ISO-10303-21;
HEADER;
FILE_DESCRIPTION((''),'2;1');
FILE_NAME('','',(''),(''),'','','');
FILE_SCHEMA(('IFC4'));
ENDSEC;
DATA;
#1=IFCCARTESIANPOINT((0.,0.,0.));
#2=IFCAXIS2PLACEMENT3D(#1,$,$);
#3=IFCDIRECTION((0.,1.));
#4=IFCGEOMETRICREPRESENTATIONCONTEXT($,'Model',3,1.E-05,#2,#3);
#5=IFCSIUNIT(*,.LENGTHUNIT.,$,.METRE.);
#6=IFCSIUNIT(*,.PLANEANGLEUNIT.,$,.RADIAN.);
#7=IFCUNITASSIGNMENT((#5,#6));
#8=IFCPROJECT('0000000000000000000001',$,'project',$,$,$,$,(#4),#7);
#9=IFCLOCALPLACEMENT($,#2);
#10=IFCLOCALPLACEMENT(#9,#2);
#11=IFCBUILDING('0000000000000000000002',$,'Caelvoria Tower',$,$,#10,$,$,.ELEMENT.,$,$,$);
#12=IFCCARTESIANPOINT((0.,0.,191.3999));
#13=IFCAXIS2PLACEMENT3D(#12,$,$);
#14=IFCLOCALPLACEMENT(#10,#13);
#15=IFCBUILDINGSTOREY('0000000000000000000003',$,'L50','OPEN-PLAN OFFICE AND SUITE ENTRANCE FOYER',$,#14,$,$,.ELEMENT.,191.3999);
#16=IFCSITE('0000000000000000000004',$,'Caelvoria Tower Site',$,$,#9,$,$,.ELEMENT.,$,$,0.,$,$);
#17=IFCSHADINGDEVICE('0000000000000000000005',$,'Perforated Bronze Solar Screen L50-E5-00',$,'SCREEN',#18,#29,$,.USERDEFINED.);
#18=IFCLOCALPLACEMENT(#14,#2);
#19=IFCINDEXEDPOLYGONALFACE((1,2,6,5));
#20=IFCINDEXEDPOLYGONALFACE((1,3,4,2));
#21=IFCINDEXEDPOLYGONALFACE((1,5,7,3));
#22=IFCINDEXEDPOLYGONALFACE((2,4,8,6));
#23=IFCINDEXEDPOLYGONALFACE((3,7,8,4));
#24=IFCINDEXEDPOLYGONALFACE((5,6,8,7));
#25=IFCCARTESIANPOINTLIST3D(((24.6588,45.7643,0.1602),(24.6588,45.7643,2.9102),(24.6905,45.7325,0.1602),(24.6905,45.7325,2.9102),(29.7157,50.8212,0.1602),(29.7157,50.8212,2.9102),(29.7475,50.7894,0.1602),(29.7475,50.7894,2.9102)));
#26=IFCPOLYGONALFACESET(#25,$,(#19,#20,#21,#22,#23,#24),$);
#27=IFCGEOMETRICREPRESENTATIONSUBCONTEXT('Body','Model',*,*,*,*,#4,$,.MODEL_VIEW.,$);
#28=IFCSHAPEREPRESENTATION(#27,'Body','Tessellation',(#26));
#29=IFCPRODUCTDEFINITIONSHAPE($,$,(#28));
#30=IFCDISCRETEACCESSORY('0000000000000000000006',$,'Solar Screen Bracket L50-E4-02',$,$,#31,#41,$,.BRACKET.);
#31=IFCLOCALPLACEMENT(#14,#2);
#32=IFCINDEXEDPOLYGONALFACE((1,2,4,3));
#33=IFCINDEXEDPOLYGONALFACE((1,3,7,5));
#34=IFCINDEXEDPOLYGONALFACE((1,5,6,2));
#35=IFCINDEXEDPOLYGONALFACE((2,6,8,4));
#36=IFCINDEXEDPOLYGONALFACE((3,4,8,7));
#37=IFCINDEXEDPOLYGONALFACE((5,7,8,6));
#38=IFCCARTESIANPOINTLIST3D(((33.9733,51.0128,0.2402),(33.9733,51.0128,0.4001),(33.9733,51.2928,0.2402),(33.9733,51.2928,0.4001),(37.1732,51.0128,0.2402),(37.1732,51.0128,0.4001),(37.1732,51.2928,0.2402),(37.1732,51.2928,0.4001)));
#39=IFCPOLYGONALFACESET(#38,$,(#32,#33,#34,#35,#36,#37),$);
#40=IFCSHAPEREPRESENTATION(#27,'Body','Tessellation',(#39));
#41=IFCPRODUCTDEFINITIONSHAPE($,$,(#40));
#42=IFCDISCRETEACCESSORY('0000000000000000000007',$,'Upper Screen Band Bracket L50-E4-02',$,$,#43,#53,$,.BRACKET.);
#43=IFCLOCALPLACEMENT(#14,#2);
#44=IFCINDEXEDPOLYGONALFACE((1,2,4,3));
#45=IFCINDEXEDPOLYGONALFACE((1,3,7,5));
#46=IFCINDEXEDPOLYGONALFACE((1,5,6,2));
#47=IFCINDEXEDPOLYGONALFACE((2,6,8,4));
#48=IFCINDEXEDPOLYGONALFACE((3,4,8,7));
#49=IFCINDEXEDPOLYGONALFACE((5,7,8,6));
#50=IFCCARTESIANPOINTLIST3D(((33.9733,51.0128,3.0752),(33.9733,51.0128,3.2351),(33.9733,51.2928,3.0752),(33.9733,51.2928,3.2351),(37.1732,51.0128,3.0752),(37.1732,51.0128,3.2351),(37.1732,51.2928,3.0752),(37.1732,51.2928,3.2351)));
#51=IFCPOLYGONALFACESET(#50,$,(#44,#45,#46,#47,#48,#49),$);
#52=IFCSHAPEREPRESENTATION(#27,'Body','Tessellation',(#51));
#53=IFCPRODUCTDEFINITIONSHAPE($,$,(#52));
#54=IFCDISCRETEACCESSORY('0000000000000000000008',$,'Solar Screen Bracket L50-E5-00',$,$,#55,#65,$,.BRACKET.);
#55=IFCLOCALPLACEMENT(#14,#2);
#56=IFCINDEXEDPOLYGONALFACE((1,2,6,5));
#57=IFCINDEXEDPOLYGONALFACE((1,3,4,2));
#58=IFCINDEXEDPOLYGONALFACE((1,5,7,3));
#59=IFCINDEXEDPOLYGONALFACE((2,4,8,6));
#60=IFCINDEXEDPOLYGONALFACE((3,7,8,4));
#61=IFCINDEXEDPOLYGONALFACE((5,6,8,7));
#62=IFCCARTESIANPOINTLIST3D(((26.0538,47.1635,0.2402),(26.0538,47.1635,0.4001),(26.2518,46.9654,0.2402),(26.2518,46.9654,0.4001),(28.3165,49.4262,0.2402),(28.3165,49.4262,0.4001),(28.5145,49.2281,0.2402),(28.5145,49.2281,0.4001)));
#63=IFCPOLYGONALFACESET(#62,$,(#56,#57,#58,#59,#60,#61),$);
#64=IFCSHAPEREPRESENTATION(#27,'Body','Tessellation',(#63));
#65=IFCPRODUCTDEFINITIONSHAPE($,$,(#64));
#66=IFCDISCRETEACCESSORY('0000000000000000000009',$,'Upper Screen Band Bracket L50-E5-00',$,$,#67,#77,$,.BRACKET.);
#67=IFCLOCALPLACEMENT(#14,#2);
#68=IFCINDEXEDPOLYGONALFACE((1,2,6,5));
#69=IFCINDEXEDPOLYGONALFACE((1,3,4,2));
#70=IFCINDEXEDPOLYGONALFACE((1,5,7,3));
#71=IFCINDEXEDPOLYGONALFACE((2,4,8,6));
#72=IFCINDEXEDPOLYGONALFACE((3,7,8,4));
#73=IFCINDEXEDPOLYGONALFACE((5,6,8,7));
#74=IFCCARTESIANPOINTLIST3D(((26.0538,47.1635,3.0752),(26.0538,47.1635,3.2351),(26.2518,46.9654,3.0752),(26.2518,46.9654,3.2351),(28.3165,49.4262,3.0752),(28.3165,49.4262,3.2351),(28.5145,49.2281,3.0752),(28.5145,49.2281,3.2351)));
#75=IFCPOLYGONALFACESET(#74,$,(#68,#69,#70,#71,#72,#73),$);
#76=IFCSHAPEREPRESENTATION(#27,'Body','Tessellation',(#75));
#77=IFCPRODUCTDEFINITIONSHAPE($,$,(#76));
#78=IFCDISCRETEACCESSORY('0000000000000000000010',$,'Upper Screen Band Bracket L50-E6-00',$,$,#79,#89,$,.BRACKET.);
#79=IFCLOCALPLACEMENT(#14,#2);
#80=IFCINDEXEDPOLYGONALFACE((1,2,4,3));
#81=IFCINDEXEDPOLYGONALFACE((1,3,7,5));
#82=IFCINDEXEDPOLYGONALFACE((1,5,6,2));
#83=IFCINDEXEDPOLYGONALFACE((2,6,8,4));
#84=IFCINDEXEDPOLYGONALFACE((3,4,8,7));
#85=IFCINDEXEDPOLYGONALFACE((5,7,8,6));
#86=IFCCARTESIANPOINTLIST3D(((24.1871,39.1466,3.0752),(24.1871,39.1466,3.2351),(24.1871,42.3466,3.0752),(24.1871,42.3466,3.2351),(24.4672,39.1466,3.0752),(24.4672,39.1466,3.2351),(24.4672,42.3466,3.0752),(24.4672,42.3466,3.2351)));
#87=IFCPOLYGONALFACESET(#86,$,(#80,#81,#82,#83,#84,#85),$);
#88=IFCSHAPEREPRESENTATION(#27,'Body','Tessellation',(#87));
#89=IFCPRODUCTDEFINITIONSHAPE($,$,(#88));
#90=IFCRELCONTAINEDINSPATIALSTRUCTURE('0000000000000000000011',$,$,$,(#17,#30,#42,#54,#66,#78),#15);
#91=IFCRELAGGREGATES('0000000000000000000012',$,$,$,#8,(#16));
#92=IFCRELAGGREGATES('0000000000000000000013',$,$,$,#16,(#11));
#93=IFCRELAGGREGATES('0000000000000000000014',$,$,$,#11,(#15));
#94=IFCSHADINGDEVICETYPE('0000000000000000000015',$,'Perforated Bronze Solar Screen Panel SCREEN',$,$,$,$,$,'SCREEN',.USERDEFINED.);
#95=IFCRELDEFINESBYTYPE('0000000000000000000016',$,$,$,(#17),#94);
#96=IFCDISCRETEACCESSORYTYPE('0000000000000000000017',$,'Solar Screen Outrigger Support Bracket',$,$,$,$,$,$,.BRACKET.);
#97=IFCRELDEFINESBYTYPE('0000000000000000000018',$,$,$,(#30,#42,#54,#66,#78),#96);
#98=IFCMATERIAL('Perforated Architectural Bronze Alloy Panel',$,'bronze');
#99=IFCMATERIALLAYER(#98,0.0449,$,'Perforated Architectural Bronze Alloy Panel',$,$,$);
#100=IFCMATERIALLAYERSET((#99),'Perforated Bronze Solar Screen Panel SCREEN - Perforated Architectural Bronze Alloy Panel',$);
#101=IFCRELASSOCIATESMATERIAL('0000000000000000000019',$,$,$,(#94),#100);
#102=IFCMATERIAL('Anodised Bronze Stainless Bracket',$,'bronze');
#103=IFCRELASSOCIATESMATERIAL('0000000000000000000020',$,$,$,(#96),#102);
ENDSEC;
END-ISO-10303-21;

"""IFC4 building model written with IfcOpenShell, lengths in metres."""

from ifc_helpers import new_model, si_unit, direction, frame, origin, origin_2d, place, context, subcontext, project, spatial, rectangle, extrude, material, layer, layer_set, type_object, element, save


model = new_model("IFC4")

# Units and contexts
model_context = context("Model", 3, precision=1e-05, world=origin(), true_north=direction((0.0, 1.0)))
body_context = subcontext(model_context, "Body", "Model", "MODEL_VIEW")
ifc_project = project(units=[si_unit("LENGTHUNIT", "METRE"), si_unit("PLANEANGLEUNIT", "RADIAN")], contexts=[model_context])

# Site, building, storey
site_placement = place(None, origin())
site = spatial("IfcSite", under=ifc_project, at=site_placement, Name="Caelvoria Tower Site", CompositionType="ELEMENT", RefElevation=0.0)
building_placement = place(site_placement, origin())
building = spatial("IfcBuilding", under=site, at=building_placement, Name="Caelvoria Tower", CompositionType="ELEMENT")
storey_placement = place(building_placement, frame((0.0, 0.0, 191.3999)))
storey = spatial("IfcBuildingStorey", under=building, at=storey_placement, Name="L50", Description="OPEN-PLAN OFFICE AND SUITE ENTRANCE FOYER", CompositionType="ELEMENT", Elevation=191.3999)

# Shading device
ifc_material_1 = material(Name="Perforated Architectural Bronze Alloy Panel", Category="bronze")
ifc_layer_1 = layer(ifc_material_1, 0.0449, Name="Perforated Architectural Bronze Alloy Panel")
ifc_layer_set_1 = layer_set([ifc_layer_1], Name="Perforated Bronze Solar Screen Panel SCREEN - Perforated Architectural Bronze Alloy Panel")
shading_device_type = type_object("IfcShadingDeviceType", Name="Perforated Bronze Solar Screen Panel SCREEN", ElementType="SCREEN", PredefinedType="USERDEFINED", material=ifc_layer_set_1)
shading_device_1_placement = place(storey_placement, frame((27.2031, 48.2769, 0.1602), z_axis=(0.0, 0.0, 1.0), x_axis=(-0.707107, -0.707107, 0.0)))
element("IfcShadingDevice", 1, at=shading_device_1_placement, inside=storey, type_object=shading_device_type, Name="Perforated Bronze Solar Screen L50-E5-00", ObjectType="SCREEN", PredefinedType="USERDEFINED", context=body_context, shape_type="SweptSolid", body=[
    extrude(rectangle(XDim=7.1516, YDim=0.0449, at=origin_2d()), origin(), (0.0, 0.0, 1.0), 2.75),
])

# Discrete accessories
ifc_material_2 = material(Name="Anodised Bronze Stainless Bracket", Category="bronze")
discrete_accessory_type = type_object("IfcDiscreteAccessoryType", Name="Solar Screen Outrigger Support Bracket", PredefinedType="BRACKET", material=ifc_material_2)
for number, where, z_axis, x_axis, name in (
    (2, (35.5732, 51.1528, 0.2402), (0.0, 0.0, 1.0), (-1.0, 0.0, 0.0), "Solar Screen Bracket L50-E4-02"),
    (3, (35.5732, 51.1528, 3.0752), (0.0, 0.0, 1.0), (-1.0, 0.0, 0.0), "Upper Screen Band Bracket L50-E4-02"),
    (4, (27.2842, 48.1958, 0.2402), (0.0, 0.0, 1.0), (-0.707107, -0.707107, 0.0), "Solar Screen Bracket L50-E5-00"),
    (5, (27.2842, 48.1958, 3.0752), (0.0, 0.0, 1.0), (-0.707107, -0.707107, 0.0), "Upper Screen Band Bracket L50-E5-00"),
    (6, (24.3271, 40.7466, 3.0752), (0.0, 0.0, 1.0), (0.0, -1.0, 0.0), "Upper Screen Band Bracket L50-E6-00"),
):
    element("IfcDiscreteAccessory", number, at=place(storey_placement, frame(where, z_axis=z_axis, x_axis=x_axis)), inside=storey, type_object=discrete_accessory_type, Name=name, PredefinedType="BRACKET", context=body_context, shape_type="SweptSolid", body=[
        extrude(rectangle(XDim=3.2, YDim=0.28, at=origin_2d()), origin(), (0.0, 0.0, 1.0), 0.1599),
    ])

save(model, "model.ifc")
